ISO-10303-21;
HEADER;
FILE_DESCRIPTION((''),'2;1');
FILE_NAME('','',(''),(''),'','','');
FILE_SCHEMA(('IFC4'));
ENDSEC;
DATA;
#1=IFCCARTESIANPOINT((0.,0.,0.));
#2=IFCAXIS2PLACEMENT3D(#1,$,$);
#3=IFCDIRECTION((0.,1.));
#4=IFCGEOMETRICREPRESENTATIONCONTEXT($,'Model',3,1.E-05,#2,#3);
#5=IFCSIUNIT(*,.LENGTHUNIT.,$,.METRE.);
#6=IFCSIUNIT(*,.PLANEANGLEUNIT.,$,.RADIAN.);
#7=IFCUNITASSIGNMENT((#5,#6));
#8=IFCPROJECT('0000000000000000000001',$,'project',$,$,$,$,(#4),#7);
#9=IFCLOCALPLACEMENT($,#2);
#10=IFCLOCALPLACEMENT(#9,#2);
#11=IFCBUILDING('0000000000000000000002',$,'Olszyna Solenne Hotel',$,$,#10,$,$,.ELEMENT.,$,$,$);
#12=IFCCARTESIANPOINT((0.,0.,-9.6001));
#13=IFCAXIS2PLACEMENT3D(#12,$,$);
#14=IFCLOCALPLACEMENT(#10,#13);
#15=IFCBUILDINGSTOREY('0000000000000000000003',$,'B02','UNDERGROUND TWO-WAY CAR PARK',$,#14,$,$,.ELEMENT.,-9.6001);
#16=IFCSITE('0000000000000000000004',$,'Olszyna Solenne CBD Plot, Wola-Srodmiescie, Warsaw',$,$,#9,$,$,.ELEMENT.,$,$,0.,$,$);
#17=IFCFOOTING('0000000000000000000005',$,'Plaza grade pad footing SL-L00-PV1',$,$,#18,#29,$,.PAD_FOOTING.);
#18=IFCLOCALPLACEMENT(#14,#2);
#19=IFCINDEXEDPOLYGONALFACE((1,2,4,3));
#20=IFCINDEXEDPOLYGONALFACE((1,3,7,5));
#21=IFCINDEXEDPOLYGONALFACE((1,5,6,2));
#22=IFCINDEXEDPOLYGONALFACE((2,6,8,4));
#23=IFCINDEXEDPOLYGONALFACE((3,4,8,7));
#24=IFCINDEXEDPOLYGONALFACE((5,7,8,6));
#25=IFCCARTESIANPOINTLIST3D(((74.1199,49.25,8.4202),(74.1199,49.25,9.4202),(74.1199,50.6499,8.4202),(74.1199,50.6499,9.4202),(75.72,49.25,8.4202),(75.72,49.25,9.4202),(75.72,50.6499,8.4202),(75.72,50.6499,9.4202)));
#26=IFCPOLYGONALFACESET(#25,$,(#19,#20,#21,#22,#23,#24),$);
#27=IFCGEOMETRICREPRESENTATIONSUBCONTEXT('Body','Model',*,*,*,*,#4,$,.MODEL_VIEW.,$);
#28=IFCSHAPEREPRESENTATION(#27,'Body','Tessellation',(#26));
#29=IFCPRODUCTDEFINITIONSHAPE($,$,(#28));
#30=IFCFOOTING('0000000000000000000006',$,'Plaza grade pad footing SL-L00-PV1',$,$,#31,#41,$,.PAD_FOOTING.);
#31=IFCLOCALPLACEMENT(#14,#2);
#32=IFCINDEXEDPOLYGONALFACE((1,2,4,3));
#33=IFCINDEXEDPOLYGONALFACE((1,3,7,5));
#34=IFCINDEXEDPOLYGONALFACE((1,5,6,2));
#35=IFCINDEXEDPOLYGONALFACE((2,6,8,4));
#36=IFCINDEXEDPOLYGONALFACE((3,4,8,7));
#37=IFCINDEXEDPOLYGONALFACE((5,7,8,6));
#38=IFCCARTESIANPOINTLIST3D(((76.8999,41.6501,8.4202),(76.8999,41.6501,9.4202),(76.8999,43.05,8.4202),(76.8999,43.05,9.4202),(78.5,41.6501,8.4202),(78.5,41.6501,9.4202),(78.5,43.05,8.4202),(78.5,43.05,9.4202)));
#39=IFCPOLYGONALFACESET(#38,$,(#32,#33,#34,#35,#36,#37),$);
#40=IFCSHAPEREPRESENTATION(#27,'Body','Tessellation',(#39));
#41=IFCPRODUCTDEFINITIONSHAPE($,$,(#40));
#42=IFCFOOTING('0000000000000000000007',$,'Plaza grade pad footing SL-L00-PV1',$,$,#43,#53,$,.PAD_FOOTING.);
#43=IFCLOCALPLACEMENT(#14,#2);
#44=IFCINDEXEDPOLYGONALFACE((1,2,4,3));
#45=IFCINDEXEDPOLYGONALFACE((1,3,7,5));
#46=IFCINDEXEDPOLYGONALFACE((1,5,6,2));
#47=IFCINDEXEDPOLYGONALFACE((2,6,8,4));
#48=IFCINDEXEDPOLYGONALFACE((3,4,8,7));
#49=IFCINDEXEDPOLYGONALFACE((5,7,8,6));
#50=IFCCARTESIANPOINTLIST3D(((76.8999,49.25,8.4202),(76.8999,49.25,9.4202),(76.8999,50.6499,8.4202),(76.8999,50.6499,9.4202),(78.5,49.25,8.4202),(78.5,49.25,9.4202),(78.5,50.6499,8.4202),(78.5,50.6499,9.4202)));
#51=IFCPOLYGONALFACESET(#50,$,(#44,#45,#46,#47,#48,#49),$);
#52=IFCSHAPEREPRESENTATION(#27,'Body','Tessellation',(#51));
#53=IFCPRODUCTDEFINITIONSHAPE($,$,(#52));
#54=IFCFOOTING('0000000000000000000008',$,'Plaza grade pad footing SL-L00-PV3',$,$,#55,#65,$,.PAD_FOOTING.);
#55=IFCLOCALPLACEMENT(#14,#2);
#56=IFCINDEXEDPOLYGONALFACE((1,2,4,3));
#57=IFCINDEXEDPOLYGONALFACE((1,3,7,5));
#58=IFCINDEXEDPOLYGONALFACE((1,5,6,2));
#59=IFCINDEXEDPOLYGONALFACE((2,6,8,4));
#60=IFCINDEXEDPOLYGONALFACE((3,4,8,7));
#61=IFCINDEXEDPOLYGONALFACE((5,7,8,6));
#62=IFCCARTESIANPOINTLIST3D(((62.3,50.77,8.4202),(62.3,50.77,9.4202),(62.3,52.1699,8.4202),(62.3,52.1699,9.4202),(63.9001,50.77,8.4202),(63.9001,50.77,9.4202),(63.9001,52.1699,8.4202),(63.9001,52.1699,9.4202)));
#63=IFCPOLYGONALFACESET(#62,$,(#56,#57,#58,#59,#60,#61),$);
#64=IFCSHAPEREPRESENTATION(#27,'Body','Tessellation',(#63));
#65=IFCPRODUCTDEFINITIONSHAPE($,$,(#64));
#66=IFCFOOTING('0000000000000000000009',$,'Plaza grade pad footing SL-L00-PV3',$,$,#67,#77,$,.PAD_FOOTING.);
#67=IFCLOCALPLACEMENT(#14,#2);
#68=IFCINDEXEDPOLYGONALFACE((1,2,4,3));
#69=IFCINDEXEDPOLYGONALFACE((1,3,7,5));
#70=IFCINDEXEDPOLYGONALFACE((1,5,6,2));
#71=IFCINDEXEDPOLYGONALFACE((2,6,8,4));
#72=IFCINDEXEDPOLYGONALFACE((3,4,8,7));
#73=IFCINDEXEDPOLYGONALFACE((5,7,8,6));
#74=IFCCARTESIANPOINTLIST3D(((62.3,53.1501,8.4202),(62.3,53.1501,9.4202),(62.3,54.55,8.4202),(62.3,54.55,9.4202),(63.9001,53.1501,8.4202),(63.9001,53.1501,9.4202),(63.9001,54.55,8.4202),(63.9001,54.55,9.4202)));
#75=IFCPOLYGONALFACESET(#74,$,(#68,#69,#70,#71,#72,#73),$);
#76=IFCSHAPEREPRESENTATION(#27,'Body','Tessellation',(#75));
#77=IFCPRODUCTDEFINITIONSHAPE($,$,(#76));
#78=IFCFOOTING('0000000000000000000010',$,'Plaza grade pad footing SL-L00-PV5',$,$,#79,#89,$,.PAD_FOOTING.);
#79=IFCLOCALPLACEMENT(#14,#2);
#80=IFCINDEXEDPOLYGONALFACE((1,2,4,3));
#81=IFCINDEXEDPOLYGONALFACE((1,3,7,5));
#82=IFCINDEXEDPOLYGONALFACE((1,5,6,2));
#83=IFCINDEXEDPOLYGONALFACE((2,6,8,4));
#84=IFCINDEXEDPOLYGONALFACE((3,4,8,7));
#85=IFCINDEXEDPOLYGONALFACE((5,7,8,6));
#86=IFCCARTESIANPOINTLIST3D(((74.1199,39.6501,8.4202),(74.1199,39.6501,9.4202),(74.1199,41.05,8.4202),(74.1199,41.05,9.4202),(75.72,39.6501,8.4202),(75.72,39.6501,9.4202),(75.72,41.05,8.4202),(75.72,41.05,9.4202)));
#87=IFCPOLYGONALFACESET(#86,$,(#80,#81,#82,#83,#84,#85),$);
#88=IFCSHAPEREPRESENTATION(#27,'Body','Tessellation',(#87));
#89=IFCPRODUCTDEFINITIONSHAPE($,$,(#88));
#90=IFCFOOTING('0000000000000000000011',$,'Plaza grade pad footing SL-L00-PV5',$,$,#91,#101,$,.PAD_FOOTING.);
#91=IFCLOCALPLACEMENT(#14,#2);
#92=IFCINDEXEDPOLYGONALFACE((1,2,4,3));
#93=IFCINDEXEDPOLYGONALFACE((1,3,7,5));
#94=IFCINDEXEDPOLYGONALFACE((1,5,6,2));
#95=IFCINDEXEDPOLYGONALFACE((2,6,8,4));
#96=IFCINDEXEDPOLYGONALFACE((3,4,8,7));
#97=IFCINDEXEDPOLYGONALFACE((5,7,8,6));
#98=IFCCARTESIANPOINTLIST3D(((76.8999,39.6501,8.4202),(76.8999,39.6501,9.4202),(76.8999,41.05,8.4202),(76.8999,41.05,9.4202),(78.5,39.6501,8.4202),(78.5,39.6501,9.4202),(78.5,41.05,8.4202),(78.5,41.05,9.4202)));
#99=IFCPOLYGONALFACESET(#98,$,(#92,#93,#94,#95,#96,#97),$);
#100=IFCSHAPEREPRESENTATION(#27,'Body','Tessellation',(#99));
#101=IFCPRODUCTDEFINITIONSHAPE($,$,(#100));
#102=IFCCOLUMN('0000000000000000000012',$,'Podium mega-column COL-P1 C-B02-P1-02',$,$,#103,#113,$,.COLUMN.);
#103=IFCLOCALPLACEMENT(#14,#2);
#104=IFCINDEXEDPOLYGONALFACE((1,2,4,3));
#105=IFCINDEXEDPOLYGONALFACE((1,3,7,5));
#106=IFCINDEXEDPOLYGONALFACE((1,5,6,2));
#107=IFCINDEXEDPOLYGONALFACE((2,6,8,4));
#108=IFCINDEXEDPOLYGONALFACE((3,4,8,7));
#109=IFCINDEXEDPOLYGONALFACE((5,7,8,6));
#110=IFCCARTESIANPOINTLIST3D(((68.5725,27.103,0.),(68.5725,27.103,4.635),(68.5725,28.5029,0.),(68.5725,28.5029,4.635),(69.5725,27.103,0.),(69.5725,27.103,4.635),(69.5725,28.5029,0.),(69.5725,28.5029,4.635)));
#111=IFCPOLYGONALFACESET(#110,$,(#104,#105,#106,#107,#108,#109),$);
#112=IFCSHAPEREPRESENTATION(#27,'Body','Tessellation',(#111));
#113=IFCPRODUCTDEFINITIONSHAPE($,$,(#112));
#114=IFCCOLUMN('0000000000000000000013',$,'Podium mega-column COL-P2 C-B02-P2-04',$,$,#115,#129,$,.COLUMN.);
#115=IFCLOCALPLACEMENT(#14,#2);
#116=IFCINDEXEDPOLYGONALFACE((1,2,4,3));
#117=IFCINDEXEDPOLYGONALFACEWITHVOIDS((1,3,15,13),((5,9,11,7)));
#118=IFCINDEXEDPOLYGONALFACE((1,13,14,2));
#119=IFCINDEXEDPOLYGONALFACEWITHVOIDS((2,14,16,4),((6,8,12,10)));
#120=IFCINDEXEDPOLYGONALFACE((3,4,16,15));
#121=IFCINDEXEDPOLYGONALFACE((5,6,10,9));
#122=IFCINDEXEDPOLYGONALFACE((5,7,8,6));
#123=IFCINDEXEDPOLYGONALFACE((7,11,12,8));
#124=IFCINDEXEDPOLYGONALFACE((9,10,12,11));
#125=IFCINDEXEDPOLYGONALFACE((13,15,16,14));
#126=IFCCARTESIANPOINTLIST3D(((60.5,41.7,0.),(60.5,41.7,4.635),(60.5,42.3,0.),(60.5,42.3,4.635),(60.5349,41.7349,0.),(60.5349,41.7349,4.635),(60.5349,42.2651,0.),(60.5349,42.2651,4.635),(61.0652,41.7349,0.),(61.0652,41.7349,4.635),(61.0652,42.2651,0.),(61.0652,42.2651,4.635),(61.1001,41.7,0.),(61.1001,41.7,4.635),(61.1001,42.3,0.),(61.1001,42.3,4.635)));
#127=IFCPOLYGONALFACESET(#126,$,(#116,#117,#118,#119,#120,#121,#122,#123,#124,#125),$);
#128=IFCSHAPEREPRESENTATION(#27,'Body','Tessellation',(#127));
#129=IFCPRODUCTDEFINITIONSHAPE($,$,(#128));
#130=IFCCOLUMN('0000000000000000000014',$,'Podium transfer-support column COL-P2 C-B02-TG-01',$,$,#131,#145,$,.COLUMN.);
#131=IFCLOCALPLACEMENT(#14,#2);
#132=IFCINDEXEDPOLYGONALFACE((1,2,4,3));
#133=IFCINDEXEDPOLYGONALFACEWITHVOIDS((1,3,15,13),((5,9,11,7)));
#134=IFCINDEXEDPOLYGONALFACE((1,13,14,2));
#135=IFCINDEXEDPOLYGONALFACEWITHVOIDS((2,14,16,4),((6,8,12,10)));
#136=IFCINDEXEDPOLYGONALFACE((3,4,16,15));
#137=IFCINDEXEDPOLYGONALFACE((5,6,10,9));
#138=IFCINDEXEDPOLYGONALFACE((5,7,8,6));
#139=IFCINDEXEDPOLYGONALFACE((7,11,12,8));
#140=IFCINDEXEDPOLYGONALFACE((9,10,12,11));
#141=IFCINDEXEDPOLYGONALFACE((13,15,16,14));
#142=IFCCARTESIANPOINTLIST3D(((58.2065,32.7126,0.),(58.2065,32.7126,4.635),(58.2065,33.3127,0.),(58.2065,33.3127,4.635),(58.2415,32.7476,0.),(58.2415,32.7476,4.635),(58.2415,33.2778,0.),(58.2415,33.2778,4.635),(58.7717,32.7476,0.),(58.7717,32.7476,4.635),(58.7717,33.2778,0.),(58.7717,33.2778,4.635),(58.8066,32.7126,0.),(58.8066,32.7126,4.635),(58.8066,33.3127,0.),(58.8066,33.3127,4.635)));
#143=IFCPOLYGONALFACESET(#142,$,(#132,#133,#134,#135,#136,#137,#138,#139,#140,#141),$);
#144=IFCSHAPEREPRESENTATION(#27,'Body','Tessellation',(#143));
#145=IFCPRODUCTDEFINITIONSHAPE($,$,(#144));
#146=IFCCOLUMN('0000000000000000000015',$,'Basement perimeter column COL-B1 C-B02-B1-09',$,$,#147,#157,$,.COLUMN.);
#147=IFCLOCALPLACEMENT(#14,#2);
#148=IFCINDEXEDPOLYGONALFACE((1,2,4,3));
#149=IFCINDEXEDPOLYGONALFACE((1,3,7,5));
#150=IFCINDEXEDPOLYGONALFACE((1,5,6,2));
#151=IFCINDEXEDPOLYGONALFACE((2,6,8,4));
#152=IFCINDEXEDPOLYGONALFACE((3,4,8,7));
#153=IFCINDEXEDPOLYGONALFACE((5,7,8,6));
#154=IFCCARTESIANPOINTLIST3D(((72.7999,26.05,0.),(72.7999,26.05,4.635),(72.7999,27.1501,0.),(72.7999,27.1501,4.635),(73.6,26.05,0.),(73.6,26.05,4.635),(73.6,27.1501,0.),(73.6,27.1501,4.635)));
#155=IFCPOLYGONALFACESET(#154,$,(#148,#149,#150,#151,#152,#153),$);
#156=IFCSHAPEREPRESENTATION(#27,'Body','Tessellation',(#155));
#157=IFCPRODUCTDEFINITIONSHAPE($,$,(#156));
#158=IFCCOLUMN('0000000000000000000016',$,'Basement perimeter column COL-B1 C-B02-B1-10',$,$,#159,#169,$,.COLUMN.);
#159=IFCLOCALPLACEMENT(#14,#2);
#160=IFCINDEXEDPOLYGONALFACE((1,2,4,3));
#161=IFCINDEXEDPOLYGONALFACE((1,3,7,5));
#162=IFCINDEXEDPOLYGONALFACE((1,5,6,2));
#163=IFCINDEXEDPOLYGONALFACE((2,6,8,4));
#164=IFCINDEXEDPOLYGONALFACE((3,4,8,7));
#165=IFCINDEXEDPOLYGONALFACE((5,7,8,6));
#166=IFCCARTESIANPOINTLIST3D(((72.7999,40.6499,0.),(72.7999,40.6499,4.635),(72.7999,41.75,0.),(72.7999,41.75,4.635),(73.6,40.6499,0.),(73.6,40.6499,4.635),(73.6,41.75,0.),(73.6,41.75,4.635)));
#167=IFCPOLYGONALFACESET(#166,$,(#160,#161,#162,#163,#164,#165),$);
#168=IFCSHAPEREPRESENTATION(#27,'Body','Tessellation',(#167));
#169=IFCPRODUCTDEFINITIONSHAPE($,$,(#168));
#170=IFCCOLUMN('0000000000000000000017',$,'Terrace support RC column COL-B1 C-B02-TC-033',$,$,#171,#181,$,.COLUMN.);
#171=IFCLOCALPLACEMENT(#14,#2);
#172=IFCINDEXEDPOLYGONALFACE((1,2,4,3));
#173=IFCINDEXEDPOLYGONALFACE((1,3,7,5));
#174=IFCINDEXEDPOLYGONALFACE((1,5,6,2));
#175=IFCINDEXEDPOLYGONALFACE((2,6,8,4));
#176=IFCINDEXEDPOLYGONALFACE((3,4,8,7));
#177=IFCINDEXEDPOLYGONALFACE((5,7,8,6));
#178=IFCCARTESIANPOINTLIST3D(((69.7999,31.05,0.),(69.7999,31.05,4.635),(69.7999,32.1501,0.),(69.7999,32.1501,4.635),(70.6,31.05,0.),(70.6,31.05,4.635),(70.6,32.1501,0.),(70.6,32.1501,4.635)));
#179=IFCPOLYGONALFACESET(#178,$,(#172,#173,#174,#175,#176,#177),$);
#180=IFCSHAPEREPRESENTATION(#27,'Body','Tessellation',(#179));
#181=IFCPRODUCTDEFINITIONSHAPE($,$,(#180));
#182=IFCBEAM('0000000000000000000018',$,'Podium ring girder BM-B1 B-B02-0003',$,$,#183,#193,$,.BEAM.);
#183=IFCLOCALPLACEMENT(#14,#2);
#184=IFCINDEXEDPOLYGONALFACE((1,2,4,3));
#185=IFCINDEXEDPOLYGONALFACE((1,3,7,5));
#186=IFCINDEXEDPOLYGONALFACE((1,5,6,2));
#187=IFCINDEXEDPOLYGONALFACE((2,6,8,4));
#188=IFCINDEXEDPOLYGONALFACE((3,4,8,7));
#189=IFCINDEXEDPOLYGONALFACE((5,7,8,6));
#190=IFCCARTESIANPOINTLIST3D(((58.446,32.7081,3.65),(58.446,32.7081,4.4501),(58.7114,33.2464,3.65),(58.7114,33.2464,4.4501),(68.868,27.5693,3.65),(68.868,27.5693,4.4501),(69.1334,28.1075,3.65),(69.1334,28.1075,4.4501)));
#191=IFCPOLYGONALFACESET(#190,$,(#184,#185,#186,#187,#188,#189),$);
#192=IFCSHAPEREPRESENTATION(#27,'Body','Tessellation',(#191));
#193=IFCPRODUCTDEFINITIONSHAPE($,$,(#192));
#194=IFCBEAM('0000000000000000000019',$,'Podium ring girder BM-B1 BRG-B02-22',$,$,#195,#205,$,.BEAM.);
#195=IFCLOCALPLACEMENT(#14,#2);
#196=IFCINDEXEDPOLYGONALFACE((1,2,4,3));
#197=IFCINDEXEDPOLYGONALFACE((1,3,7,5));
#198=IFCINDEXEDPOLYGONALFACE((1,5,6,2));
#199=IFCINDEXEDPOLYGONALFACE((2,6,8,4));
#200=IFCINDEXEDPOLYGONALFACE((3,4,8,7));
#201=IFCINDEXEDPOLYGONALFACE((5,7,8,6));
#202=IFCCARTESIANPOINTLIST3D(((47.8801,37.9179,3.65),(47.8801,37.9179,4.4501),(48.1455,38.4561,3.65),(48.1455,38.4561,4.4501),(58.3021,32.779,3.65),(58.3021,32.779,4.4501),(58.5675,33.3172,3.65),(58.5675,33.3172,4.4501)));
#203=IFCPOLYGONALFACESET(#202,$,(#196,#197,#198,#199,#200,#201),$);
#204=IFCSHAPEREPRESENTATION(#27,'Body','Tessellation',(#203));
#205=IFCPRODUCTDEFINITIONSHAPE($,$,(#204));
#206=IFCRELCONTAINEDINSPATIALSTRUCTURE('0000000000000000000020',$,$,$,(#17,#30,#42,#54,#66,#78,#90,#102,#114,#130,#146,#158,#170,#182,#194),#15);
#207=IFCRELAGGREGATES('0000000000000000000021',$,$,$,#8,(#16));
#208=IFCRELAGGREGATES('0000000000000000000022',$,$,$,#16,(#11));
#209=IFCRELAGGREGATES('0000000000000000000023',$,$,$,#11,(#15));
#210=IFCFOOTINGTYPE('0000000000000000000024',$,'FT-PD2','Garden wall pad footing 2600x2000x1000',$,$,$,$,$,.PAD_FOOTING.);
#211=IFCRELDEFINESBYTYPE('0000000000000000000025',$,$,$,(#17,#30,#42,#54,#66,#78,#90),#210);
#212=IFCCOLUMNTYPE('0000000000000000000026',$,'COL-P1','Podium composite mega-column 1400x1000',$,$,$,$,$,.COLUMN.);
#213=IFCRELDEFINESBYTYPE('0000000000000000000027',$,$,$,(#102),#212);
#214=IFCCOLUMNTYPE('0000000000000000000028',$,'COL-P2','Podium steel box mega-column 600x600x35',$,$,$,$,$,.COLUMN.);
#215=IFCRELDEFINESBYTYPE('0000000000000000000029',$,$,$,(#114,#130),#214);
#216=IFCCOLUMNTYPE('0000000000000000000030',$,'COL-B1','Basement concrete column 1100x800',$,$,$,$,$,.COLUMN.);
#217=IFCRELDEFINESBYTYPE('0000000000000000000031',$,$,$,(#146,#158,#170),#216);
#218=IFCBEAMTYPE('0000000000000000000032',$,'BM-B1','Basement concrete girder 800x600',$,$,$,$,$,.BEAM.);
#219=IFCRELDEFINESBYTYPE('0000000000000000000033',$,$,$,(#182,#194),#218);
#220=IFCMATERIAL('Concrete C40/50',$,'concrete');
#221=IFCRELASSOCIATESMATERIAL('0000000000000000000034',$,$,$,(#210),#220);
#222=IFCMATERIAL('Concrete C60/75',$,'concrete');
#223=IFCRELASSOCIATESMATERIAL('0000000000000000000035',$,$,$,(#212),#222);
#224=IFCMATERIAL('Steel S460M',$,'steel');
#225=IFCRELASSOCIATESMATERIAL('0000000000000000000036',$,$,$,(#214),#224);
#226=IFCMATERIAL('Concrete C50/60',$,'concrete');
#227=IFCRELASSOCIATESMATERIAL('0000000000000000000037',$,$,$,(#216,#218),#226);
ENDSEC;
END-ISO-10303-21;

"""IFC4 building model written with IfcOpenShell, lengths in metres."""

from ifc_helpers import new_model, si_unit, direction, frame, origin, origin_2d, place, context, subcontext, project, spatial, rectangle, hollow_rectangle, extrude, source, transform, mapped, material, material_profile, profile_set, type_object, element, save


model = new_model("IFC4")

# Units and contexts
model_context = context("Model", 3, precision=1e-05, world=origin(), true_north=direction((0.0, 1.0)))
body_context = subcontext(model_context, "Body", "Model", "MODEL_VIEW")
ifc_project = project(units=[si_unit("LENGTHUNIT", "METRE"), si_unit("PLANEANGLEUNIT", "RADIAN")], contexts=[model_context])

# Site, building, storey
site_placement = place(None, origin())
site = spatial("IfcSite", under=ifc_project, at=site_placement, Name="Olszyna Solenne CBD Plot, Wola-Srodmiescie, Warsaw", CompositionType="ELEMENT", RefElevation=0.0)
building_placement = place(site_placement, origin())
building = spatial("IfcBuilding", under=site, at=building_placement, Name="Olszyna Solenne Hotel", CompositionType="ELEMENT")
storey_placement = place(building_placement, frame((0.0, 0.0, -9.6001)))
storey = spatial("IfcBuildingStorey", under=building, at=storey_placement, Name="B02", Description="UNDERGROUND TWO-WAY CAR PARK", CompositionType="ELEMENT", Elevation=-9.6001)

# Shared definitions
ifc_material_1 = material(Name="Concrete C40/50", Category="concrete")

# Footings
footing_type_1 = type_object("IfcFootingType", Name="FT-PD2", Description="Garden wall pad footing 2600x2000x1000", PredefinedType="PAD_FOOTING", material=ifc_material_1)
shared_shape_1 = source(origin(), body_context, "Body", "SweptSolid", [
    extrude(rectangle(XDim=1.6001, YDim=1.3999, at=origin_2d()), origin(), (0.0, 0.0, 1.0), 1.0),
])
for number, where, z_axis, x_axis, name in (
    (1, (74.9199, 49.95, 8.4202), (0.0, 0.0, 1.0), (1.0, 0.0, 0.0), "Plaza grade pad footing SL-L00-PV1"),
    (2, (77.7, 42.3501, 8.4202), (0.0, 0.0, 1.0), (1.0, 0.0, 0.0), "Plaza grade pad footing SL-L00-PV1"),
    (3, (77.7, 49.95, 8.4202), (0.0, 0.0, 1.0), (1.0, 0.0, 0.0), "Plaza grade pad footing SL-L00-PV1"),
    (4, (63.1001, 51.47, 8.4202), (0.0, 0.0, 1.0), (1.0, 0.0, 0.0), "Plaza grade pad footing SL-L00-PV3"),
    (5, (63.1001, 53.8501, 8.4202), (0.0, 0.0, 1.0), (1.0, 0.0, 0.0), "Plaza grade pad footing SL-L00-PV3"),
    (6, (74.9199, 40.3501, 8.4202), (0.0, 0.0, 1.0), (1.0, 0.0, 0.0), "Plaza grade pad footing SL-L00-PV5"),
    (7, (77.7, 40.3501, 8.4202), (0.0, 0.0, 1.0), (1.0, 0.0, 0.0), "Plaza grade pad footing SL-L00-PV5"),
):
    element("IfcFooting", number, at=place(storey_placement, frame(where, z_axis=z_axis, x_axis=x_axis)), inside=storey, type_object=footing_type_1, Name=name, PredefinedType="PAD_FOOTING", context=body_context, shape_type="MappedRepresentation", body=[
        mapped(shared_shape_1, transform((0.0, 0.0, 0.0), x_axis=(1.0, 0.0, 0.0), y_axis=(0.0, 1.0, 0.0), z_axis=(0.0, 0.0, 1.0), scale=1.0)),
    ])

# Columns
ifc_material_2 = material(Name="Concrete C60/75", Category="concrete")
ifc_material_profile_1 = material_profile(ifc_material_2, rectangle(XDim=1.0, YDim=1.3999, at=origin_2d()), Name="RC 1400x1000", Category="load-bearing")
ifc_profile_set_1 = profile_set([ifc_material_profile_1], Name="Concrete C60/75")
column_type_1 = type_object("IfcColumnType", Name="COL-P1", Description="Podium composite mega-column 1400x1000", PredefinedType="COLUMN", material=ifc_profile_set_1)
shared_shape_2 = source(origin(), body_context, "Body", "SweptSolid", [
    extrude(rectangle(XDim=1.0, YDim=1.3999, at=origin_2d()), origin(), (0.0, 0.0, 1.0), 4.635),
])
column_placement = place(storey_placement, frame((69.0725, 27.803, 0.0), z_axis=(0.0, 0.0, 1.0), x_axis=(1.0, 0.0, 0.0)))
element("IfcColumn", 8, at=column_placement, inside=storey, type_object=column_type_1, Name="Podium mega-column COL-P1 C-B02-P1-02", PredefinedType="COLUMN", context=body_context, shape_type="MappedRepresentation", body=[
    mapped(shared_shape_2, transform((0.0, 0.0, 0.0), x_axis=(1.0, 0.0, 0.0), y_axis=(0.0, 1.0, 0.0), z_axis=(0.0, 0.0, 1.0), scale=1.0)),
])
ifc_material_3 = material(Name="Steel S460M", Category="steel")
ifc_material_profile_2 = material_profile(ifc_material_3, hollow_rectangle(XDim=0.6001, YDim=0.6001, WallThickness=0.0349, at=origin_2d()), Name="SHS 600x600x35", Category="load-bearing")
ifc_profile_set_2 = profile_set([ifc_material_profile_2], Name="Steel S460M")
column_type_2 = type_object("IfcColumnType", Name="COL-P2", Description="Podium steel box mega-column 600x600x35", PredefinedType="COLUMN", material=ifc_profile_set_2)
shared_shape_3 = source(origin(), body_context, "Body", "SweptSolid", [
    extrude(hollow_rectangle(XDim=0.6001, YDim=0.6001, WallThickness=0.0349, at=origin_2d()), origin(), (0.0, 0.0, 1.0), 4.635),
])
for number, where, z_axis, x_axis, name in (
    (9, (60.8, 42.0, 0.0), (0.0, 0.0, 1.0), (1.0, 0.0, 0.0), "Podium mega-column COL-P2 C-B02-P2-04"),
    (10, (58.5066, 33.0127, 0.0), (0.0, 0.0, 1.0), (1.0, 0.0, 0.0), "Podium transfer-support column COL-P2 C-B02-TG-01"),
):
    element("IfcColumn", number, at=place(storey_placement, frame(where, z_axis=z_axis, x_axis=x_axis)), inside=storey, type_object=column_type_2, Name=name, PredefinedType="COLUMN", context=body_context, shape_type="MappedRepresentation", body=[
        mapped(shared_shape_3, transform((0.0, 0.0, 0.0), x_axis=(1.0, 0.0, 0.0), y_axis=(0.0, 1.0, 0.0), z_axis=(0.0, 0.0, 1.0), scale=1.0)),
    ])
ifc_material_4 = material(Name="Concrete C50/60", Category="concrete")
ifc_material_profile_3 = material_profile(ifc_material_4, rectangle(XDim=0.8, YDim=1.1001, at=origin_2d()), Name="RC 1100x800", Category="load-bearing")
ifc_profile_set_3 = profile_set([ifc_material_profile_3], Name="Concrete C50/60")
column_type_3 = type_object("IfcColumnType", Name="COL-B1", Description="Basement concrete column 1100x800", PredefinedType="COLUMN", material=ifc_profile_set_3)
shared_shape_4 = source(origin(), body_context, "Body", "SweptSolid", [
    extrude(rectangle(XDim=0.8, YDim=1.1001, at=origin_2d()), origin(), (0.0, 0.0, 1.0), 4.635),
])
for number, where, z_axis, x_axis, name in (
    (11, (73.2, 26.6001, 0.0), (0.0, 0.0, 1.0), (1.0, 0.0, 0.0), "Basement perimeter column COL-B1 C-B02-B1-09"),
    (12, (73.2, 41.2, 0.0), (0.0, 0.0, 1.0), (1.0, 0.0, 0.0), "Basement perimeter column COL-B1 C-B02-B1-10"),
    (13, (70.2, 31.6001, 0.0), (0.0, 0.0, 1.0), (1.0, 0.0, 0.0), "Terrace support RC column COL-B1 C-B02-TC-033"),
):
    element("IfcColumn", number, at=place(storey_placement, frame(where, z_axis=z_axis, x_axis=x_axis)), inside=storey, type_object=column_type_3, Name=name, PredefinedType="COLUMN", context=body_context, shape_type="MappedRepresentation", body=[
        mapped(shared_shape_4, transform((0.0, 0.0, 0.0), x_axis=(1.0, 0.0, 0.0), y_axis=(0.0, 1.0, 0.0), z_axis=(0.0, 0.0, 1.0), scale=1.0)),
    ])

# Beams
ifc_material_profile_4 = material_profile(ifc_material_4, rectangle(XDim=0.6001, YDim=0.8, at=origin_2d()), Name="RC 800x600", Category="load-bearing")
ifc_profile_set_4 = profile_set([ifc_material_profile_4], Name="Concrete C50/60")
beam_type_1 = type_object("IfcBeamType", Name="BM-B1", Description="Basement concrete girder 800x600", PredefinedType="BEAM", material=ifc_profile_set_4)
shared_shape_5 = source(origin(), body_context, "Body", "SweptSolid", [
    extrude(rectangle(XDim=0.6001, YDim=0.8, at=origin_2d()), origin(), (0.0, 0.0, 1.0), 11.6201),
])
for number, where, z_axis, x_axis, name in (
    (14, (69.0007, 27.8384, 4.05), (-0.896897, 0.44224, 0.0), (-0.44224, -0.896897, 0.0), "Podium ring girder BM-B1 B-B02-0003"),
    (15, (58.4348, 33.0481, 4.05), (-0.896897, 0.44224, 0.0), (-0.44224, -0.896897, 0.0), "Podium ring girder BM-B1 BRG-B02-22"),
):
    element("IfcBeam", number, at=place(storey_placement, frame(where, z_axis=z_axis, x_axis=x_axis)), inside=storey, type_object=beam_type_1, Name=name, PredefinedType="BEAM", context=body_context, shape_type="MappedRepresentation", body=[
        mapped(shared_shape_5, transform((0.0, 0.0, 0.0), x_axis=(1.0, 0.0, 0.0), y_axis=(0.0, 1.0, 0.0), z_axis=(0.0, 0.0, 1.0), scale=1.0)),
    ])

save(model, "model.ifc")
